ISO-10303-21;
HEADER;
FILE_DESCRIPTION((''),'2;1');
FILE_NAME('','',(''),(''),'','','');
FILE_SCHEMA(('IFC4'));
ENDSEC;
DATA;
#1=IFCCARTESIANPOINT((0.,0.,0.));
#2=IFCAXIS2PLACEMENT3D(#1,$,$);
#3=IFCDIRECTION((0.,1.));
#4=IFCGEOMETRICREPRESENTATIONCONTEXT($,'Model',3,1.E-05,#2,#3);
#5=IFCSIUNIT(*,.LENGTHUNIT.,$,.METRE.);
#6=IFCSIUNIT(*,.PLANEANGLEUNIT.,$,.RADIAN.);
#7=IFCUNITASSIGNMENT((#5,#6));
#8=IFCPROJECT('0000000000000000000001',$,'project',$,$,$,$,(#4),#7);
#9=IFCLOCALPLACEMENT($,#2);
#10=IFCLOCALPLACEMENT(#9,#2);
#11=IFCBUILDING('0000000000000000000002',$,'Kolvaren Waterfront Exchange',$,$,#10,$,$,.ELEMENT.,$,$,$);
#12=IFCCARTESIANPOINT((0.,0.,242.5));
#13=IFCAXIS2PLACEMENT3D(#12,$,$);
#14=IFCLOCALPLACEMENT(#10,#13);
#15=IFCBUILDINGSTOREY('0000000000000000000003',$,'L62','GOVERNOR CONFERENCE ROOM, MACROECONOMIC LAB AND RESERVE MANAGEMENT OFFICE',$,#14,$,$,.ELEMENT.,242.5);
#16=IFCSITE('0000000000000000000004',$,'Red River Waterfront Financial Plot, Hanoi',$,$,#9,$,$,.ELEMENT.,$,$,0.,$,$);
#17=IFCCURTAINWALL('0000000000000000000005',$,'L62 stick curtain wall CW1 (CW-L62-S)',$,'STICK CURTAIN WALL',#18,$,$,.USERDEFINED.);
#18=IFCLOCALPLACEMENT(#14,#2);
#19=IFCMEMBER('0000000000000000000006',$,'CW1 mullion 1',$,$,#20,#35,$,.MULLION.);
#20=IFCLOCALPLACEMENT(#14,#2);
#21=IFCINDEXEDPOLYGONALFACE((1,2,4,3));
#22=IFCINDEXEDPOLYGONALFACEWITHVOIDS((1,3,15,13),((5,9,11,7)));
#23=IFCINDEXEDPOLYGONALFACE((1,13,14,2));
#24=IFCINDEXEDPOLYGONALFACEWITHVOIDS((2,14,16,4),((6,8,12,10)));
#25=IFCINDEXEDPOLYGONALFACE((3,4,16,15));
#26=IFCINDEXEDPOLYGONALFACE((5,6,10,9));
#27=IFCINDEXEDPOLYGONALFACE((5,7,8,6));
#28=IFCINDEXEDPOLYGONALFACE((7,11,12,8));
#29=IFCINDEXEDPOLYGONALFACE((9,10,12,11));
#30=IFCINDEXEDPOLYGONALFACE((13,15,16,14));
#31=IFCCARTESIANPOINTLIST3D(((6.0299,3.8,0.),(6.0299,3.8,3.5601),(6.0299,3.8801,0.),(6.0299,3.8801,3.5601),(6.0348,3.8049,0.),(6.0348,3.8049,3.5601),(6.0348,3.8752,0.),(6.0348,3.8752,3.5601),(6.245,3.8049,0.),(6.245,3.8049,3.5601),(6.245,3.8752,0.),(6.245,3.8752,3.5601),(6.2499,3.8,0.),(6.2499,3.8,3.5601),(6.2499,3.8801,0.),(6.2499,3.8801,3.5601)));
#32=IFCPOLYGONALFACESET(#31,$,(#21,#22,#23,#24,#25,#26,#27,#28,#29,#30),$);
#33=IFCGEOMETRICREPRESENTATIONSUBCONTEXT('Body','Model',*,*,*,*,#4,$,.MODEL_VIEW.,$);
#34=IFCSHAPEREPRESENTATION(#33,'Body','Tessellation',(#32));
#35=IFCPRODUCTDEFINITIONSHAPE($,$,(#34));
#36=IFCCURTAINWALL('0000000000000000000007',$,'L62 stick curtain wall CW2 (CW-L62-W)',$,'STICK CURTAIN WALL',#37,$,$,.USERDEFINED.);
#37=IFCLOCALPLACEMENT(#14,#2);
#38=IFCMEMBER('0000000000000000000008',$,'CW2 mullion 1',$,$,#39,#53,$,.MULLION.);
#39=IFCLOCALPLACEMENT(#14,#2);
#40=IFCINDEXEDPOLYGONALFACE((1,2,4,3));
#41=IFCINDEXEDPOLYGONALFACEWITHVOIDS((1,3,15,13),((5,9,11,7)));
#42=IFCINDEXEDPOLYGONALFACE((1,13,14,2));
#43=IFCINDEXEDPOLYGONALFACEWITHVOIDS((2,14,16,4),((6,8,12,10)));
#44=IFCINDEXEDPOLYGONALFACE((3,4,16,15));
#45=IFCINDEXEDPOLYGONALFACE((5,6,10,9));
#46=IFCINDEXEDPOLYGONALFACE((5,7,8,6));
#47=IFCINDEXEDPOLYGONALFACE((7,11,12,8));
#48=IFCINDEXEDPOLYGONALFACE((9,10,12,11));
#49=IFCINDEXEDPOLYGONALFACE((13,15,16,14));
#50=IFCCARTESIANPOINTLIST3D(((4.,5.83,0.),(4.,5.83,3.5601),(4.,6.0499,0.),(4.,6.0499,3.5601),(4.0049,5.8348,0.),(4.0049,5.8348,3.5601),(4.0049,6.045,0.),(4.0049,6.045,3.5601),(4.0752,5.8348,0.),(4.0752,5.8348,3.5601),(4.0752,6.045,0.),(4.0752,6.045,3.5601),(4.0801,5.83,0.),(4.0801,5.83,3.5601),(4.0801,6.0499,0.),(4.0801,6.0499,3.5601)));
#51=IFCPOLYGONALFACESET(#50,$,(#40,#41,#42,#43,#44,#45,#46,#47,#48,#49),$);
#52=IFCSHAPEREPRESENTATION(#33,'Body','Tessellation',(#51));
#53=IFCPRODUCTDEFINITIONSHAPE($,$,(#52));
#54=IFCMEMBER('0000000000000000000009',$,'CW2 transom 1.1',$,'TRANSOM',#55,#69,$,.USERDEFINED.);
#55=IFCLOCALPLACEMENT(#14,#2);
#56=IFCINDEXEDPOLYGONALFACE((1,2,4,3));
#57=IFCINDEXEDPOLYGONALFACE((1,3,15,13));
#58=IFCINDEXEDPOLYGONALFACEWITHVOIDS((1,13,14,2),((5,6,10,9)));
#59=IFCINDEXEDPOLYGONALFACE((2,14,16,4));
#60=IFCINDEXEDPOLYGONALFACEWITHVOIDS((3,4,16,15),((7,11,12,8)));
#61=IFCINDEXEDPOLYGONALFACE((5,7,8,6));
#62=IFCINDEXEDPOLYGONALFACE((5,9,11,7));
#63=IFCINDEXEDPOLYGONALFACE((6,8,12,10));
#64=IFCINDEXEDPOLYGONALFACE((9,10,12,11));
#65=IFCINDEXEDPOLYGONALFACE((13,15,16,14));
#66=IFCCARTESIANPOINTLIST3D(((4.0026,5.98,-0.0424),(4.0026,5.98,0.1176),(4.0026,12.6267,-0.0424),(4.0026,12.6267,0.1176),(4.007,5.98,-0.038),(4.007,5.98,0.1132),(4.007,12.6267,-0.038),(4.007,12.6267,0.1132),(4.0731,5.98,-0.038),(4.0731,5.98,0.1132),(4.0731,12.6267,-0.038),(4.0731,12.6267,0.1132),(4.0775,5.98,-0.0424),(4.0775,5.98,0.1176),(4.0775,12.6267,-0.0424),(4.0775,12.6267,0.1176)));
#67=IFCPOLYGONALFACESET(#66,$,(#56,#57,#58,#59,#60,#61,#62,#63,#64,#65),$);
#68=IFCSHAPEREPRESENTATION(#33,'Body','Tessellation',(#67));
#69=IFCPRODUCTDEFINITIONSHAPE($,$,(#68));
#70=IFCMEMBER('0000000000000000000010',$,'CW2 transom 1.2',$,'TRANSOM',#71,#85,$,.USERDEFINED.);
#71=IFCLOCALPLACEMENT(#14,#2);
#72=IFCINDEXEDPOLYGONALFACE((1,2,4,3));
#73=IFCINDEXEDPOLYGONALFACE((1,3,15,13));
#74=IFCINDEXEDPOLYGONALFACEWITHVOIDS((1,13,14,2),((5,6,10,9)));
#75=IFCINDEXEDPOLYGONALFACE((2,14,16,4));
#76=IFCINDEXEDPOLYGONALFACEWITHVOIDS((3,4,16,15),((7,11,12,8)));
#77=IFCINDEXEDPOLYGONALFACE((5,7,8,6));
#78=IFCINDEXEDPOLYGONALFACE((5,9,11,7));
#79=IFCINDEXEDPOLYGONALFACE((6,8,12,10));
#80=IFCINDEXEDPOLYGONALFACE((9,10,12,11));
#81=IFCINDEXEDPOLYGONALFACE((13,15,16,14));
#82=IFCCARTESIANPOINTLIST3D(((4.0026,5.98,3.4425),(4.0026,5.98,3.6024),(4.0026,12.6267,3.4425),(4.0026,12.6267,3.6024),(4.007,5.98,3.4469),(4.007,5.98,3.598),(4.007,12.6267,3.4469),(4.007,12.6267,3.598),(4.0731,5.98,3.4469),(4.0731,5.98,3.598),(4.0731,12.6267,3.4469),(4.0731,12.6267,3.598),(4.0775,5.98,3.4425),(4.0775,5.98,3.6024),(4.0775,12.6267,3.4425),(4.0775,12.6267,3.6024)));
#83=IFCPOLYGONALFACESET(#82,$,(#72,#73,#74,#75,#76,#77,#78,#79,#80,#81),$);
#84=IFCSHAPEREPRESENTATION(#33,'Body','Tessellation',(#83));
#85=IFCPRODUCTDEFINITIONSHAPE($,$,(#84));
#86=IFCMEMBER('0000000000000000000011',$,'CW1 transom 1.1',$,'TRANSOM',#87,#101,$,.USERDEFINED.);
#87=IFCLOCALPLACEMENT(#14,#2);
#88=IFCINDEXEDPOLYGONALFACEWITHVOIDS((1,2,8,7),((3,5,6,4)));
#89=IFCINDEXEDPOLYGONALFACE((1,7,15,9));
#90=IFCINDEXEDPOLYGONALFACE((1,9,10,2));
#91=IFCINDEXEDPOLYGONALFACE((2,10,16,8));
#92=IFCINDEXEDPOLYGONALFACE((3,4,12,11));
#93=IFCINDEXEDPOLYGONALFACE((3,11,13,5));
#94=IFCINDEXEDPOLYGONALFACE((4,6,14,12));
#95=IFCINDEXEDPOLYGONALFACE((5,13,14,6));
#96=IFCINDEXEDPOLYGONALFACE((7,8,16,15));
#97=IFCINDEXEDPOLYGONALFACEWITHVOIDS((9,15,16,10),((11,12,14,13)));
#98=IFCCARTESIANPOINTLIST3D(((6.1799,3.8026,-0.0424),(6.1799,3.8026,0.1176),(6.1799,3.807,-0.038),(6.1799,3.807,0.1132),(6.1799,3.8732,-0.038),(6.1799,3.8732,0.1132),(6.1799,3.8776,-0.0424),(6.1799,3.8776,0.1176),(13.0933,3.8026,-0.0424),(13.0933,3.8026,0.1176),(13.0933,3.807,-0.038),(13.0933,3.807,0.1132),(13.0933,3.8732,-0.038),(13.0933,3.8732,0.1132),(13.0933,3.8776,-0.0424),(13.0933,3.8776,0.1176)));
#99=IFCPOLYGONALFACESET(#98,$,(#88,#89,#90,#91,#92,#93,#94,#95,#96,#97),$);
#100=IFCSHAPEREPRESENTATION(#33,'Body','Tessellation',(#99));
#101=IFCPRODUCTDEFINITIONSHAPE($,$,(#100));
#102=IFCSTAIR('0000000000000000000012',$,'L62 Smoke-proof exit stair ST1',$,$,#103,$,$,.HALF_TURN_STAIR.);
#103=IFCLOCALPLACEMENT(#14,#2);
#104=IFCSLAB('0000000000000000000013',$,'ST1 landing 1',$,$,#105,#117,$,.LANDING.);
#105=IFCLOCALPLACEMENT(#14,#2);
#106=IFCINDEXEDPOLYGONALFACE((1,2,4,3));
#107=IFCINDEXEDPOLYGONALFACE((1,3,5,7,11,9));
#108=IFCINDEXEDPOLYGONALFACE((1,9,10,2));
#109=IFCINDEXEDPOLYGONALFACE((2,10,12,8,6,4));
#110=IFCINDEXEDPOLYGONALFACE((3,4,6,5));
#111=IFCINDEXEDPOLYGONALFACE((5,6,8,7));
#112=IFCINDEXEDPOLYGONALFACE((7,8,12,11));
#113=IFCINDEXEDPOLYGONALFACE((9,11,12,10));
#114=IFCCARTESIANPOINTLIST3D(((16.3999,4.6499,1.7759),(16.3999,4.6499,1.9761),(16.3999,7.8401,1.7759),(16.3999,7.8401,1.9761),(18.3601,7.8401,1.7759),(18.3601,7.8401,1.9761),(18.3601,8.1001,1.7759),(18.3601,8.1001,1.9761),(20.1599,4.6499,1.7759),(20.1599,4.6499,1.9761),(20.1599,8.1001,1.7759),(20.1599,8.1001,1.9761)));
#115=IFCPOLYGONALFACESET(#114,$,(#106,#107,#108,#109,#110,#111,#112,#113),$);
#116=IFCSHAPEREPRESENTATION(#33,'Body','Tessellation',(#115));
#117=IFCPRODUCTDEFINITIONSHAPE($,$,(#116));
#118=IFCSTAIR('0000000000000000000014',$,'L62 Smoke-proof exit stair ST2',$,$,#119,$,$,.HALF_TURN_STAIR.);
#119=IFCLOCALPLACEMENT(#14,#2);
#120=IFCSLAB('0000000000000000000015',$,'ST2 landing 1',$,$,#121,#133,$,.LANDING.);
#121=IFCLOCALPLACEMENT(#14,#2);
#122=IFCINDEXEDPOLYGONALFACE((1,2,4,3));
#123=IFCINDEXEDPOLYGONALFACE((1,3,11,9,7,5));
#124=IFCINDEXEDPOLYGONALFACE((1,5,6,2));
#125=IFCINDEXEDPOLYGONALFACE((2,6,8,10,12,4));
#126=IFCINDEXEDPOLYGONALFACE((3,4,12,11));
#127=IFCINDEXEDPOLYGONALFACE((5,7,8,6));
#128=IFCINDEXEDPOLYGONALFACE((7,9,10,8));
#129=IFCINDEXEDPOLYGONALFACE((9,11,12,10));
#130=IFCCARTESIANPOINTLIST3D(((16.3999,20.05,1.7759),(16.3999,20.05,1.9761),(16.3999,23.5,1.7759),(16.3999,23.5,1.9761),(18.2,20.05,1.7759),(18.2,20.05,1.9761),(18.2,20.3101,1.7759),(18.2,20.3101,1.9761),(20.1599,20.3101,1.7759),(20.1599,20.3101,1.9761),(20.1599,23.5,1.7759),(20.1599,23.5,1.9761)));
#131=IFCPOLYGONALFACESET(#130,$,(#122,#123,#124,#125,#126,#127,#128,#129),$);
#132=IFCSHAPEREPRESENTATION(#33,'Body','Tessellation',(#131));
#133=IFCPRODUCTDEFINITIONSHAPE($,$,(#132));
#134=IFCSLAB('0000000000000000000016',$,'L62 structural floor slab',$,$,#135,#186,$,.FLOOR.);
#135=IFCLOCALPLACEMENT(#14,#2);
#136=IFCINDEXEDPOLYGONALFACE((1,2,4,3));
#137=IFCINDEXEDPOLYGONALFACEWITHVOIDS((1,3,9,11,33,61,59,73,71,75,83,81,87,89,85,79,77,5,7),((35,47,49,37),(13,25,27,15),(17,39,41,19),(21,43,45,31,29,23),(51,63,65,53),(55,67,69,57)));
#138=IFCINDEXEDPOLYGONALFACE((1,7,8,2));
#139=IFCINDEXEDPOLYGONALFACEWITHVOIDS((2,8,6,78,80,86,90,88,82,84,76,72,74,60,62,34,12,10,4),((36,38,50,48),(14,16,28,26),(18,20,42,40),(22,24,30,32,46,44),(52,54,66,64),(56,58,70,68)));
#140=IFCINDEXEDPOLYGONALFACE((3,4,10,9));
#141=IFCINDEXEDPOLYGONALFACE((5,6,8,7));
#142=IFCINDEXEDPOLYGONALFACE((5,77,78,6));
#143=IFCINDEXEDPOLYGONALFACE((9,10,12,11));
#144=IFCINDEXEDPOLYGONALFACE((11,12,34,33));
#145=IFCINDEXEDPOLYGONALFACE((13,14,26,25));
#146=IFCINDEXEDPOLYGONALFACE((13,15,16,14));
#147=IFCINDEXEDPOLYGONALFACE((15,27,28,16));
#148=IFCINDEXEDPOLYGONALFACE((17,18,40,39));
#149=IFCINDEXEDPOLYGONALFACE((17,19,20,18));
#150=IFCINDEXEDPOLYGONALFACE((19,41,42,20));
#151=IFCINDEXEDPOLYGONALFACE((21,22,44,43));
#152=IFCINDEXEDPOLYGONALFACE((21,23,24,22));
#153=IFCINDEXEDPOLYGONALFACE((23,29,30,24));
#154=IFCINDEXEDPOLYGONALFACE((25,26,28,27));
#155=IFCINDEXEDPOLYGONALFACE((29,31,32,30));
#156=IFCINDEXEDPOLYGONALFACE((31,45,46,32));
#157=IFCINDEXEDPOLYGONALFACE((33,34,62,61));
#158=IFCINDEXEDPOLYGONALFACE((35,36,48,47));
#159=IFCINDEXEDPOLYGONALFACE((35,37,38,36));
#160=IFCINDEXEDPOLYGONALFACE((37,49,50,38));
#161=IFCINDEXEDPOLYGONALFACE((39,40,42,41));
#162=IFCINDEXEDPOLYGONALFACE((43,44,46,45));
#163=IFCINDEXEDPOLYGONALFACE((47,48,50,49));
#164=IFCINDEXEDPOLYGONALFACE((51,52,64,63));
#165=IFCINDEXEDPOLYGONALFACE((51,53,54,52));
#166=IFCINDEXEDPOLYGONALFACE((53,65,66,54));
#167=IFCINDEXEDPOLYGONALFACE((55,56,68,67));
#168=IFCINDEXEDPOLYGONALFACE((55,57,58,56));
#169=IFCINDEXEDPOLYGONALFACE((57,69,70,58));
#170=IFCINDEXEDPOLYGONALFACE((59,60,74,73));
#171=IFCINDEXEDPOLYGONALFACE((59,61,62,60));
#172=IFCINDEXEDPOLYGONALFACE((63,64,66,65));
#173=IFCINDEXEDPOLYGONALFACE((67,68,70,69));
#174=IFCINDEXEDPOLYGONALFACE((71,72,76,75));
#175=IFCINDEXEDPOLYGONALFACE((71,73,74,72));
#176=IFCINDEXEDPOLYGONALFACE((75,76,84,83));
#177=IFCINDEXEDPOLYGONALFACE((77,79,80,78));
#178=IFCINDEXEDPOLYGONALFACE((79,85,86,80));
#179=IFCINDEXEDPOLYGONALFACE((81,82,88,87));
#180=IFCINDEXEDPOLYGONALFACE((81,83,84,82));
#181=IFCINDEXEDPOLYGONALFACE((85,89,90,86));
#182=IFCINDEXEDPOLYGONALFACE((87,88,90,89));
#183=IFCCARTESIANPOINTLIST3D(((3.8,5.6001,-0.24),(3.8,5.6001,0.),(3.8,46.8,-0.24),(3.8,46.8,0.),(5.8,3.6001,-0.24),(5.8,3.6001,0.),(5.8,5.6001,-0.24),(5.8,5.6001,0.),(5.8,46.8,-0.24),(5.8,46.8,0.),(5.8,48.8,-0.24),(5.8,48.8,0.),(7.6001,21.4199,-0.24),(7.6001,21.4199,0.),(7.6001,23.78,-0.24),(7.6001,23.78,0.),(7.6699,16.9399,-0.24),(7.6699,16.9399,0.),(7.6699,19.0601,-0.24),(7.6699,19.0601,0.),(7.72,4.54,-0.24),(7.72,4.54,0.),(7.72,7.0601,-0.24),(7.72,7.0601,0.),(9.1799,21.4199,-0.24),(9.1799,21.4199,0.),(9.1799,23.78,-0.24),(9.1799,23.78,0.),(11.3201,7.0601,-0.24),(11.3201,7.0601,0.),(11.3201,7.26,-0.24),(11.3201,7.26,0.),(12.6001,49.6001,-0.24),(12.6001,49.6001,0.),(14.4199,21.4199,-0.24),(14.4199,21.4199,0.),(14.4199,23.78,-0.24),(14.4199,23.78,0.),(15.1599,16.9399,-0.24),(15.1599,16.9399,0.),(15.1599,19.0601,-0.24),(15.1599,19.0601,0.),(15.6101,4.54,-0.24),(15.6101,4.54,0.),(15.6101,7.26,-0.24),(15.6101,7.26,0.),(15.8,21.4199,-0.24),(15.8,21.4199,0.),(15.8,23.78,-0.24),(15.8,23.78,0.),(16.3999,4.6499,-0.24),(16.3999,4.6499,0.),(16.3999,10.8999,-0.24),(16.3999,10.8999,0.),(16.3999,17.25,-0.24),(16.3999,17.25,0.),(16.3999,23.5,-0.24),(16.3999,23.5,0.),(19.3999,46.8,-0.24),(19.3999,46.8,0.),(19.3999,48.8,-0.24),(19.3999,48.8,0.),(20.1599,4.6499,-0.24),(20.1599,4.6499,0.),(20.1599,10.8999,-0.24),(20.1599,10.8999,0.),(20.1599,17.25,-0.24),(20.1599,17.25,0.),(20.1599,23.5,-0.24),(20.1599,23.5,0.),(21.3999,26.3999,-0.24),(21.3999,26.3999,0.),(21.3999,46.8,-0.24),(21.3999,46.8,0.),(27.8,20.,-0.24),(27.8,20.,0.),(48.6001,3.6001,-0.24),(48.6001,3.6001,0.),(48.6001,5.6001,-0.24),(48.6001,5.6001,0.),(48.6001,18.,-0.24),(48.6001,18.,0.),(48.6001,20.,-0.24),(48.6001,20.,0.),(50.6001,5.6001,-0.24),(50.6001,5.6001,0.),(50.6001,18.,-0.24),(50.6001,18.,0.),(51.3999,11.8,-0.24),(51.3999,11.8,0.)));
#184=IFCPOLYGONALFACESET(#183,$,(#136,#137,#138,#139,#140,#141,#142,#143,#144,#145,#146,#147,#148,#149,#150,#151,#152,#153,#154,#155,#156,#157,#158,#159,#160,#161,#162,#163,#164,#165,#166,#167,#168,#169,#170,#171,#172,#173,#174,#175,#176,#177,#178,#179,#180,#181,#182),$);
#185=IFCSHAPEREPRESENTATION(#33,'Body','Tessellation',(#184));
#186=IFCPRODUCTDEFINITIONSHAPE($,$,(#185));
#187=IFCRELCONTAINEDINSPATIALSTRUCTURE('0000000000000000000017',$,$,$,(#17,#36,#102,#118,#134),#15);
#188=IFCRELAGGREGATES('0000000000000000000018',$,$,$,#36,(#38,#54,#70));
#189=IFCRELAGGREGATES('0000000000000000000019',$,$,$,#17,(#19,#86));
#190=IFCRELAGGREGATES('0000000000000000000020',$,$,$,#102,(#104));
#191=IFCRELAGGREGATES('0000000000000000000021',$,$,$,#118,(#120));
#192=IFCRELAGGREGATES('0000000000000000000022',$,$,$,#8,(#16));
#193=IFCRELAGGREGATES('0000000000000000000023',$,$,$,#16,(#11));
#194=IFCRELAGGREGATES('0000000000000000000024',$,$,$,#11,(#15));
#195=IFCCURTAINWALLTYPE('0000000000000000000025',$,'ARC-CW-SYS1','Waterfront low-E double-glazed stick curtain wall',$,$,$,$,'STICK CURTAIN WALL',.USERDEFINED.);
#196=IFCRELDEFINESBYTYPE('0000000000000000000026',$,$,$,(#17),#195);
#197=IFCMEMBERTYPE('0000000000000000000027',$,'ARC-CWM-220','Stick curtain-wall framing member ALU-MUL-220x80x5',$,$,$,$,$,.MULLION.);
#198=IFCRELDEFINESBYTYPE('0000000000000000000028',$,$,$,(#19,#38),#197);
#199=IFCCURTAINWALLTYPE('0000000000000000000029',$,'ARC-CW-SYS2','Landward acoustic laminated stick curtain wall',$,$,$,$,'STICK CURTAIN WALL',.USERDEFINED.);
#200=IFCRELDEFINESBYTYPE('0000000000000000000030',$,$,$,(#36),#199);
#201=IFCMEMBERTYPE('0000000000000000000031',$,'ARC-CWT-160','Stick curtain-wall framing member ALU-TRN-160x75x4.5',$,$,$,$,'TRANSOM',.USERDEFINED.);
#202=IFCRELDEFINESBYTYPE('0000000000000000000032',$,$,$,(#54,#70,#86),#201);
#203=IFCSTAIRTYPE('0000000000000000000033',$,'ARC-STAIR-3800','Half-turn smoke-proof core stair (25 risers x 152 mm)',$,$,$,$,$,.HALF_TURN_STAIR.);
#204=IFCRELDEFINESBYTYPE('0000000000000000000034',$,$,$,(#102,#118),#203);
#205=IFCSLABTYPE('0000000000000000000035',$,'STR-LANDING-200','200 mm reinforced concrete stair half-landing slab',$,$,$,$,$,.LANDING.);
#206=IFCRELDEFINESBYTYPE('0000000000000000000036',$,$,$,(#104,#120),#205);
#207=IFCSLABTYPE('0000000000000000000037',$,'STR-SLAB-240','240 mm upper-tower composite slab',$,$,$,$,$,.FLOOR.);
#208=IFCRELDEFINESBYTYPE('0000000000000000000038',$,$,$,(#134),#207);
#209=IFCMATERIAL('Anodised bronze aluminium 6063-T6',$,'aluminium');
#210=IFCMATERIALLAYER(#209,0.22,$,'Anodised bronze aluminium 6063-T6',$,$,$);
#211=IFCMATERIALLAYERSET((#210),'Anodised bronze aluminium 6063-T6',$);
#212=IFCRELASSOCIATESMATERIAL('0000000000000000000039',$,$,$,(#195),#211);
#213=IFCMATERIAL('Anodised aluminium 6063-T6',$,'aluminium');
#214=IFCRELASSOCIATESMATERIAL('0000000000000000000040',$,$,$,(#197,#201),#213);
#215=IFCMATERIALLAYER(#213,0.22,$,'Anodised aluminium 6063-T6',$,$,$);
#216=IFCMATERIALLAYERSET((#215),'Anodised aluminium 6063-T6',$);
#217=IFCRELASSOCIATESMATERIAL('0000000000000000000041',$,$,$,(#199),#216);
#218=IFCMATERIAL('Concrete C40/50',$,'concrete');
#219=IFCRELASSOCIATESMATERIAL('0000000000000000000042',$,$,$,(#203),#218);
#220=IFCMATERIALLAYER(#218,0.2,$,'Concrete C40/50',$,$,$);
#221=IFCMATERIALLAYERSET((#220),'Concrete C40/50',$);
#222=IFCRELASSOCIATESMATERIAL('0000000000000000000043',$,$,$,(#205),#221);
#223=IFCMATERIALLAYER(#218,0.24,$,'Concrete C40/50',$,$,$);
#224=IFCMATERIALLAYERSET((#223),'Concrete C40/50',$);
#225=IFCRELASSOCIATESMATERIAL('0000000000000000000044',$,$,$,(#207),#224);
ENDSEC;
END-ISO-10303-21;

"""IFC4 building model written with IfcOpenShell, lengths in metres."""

from ifc_helpers import new_model, si_unit, direction, frame, origin, origin_with_axes, origin_2d, place, context, subcontext, project, spatial, polyline, hollow_rectangle, outline, extrude, source, transform, mapped, material, layer, layer_set, material_profile, profile_set, type_object, element, aggregate, save


model = new_model("IFC4")

# Units and contexts
model_context = context("Model", 3, precision=1e-05, world=origin(), true_north=direction((0.0, 1.0)))
body_context = subcontext(model_context, "Body", "Model", "MODEL_VIEW")
ifc_project = project(units=[si_unit("LENGTHUNIT", "METRE"), si_unit("PLANEANGLEUNIT", "RADIAN")], contexts=[model_context])

# Site, building, storey
site_placement = place(None, origin())
site = spatial("IfcSite", under=ifc_project, at=site_placement, Name="Red River Waterfront Financial Plot, Hanoi", CompositionType="ELEMENT", RefElevation=0.0)
building_placement = place(site_placement, origin())
building = spatial("IfcBuilding", under=site, at=building_placement, Name="Kolvaren Waterfront Exchange", CompositionType="ELEMENT")
storey_placement = place(building_placement, frame((0.0, 0.0, 242.5)))
storey = spatial("IfcBuildingStorey", under=building, at=storey_placement, Name="L62", Description="GOVERNOR CONFERENCE ROOM, MACROECONOMIC LAB AND RESERVE MANAGEMENT OFFICE", CompositionType="ELEMENT", Elevation=242.5)

# Curtain wall, member
ifc_material_1 = material(Name="Anodised bronze aluminium 6063-T6", Category="aluminium")
ifc_layer_1 = layer(ifc_material_1, 0.22, Name="Anodised bronze aluminium 6063-T6")
ifc_layer_set_1 = layer_set([ifc_layer_1], Name="Anodised bronze aluminium 6063-T6")
curtain_wall_type_1 = type_object("IfcCurtainWallType", Name="ARC-CW-SYS1", Description="Waterfront low-E double-glazed stick curtain wall", ElementType="STICK CURTAIN WALL", PredefinedType="USERDEFINED", material=ifc_layer_set_1)
curtain_wall_1_placement = place(storey_placement, origin())
curtain_wall_1 = element("IfcCurtainWall", 1, at=curtain_wall_1_placement, inside=storey, type_object=curtain_wall_type_1, Name="L62 stick curtain wall CW1 (CW-L62-S)", ObjectType="STICK CURTAIN WALL", PredefinedType="USERDEFINED")
ifc_material_2 = material(Name="Anodised aluminium 6063-T6", Category="aluminium")
ifc_material_profile_1 = material_profile(ifc_material_2, hollow_rectangle(XDim=0.0801, YDim=0.22, WallThickness=0.0049, at=origin_2d()), Name="ALU-MUL-220x80x5")
ifc_profile_set_1 = profile_set([ifc_material_profile_1], Name="Anodised aluminium 6063-T6")
member_type_1 = type_object("IfcMemberType", Name="ARC-CWM-220", Description="Stick curtain-wall framing member ALU-MUL-220x80x5", PredefinedType="MULLION", material=ifc_profile_set_1)
shared_shape_1 = source(origin_with_axes(), body_context, "Body", "SweptSolid", [
    extrude(hollow_rectangle(XDim=0.0801, YDim=0.22, WallThickness=0.0049, at=origin_2d()), origin(), (0.0, 0.0, 1.0), 3.5601),
])
member_1_placement = place(storey_placement, frame((6.1399, 3.8401, 0.0), z_axis=(0.0, 0.0, 1.0), x_axis=(0.0, 1.0, 0.0)))
member_1 = element("IfcMember", 2, at=member_1_placement, type_object=member_type_1, Name="CW1 mullion 1", PredefinedType="MULLION", context=body_context, shape_type="MappedRepresentation", body=[
    mapped(shared_shape_1, transform((0.0, 0.0, 0.0), x_axis=(1.0, 0.0, 0.0), y_axis=(0.0, 1.0, 0.0), z_axis=(0.0, 0.0, 1.0), scale=1.0)),
])

# Curtain wall, members
ifc_layer_2 = layer(ifc_material_2, 0.22, Name="Anodised aluminium 6063-T6")
ifc_layer_set_2 = layer_set([ifc_layer_2], Name="Anodised aluminium 6063-T6")
curtain_wall_type_2 = type_object("IfcCurtainWallType", Name="ARC-CW-SYS2", Description="Landward acoustic laminated stick curtain wall", ElementType="STICK CURTAIN WALL", PredefinedType="USERDEFINED", material=ifc_layer_set_2)
curtain_wall_2_placement = place(storey_placement, origin())
curtain_wall_2 = element("IfcCurtainWall", 3, at=curtain_wall_2_placement, inside=storey, type_object=curtain_wall_type_2, Name="L62 stick curtain wall CW2 (CW-L62-W)", ObjectType="STICK CURTAIN WALL", PredefinedType="USERDEFINED")
member_2_placement = place(storey_placement, frame((4.04, 5.9399, 0.0), z_axis=(0.0, 0.0, 1.0), x_axis=(-1.0, 0.0, 0.0)))
member_2 = element("IfcMember", 4, at=member_2_placement, type_object=member_type_1, Name="CW2 mullion 1", PredefinedType="MULLION", context=body_context, shape_type="MappedRepresentation", body=[
    mapped(shared_shape_1, transform((0.0, 0.0, 0.0), x_axis=(1.0, 0.0, 0.0), y_axis=(0.0, 1.0, 0.0), z_axis=(0.0, 0.0, 1.0), scale=1.0)),
])
ifc_material_profile_2 = material_profile(ifc_material_2, hollow_rectangle(XDim=0.075, YDim=0.1599, WallThickness=0.0044, at=origin_2d()), Name="ALU-TRN-160x75x4.5")
ifc_profile_set_2 = profile_set([ifc_material_profile_2], Name="Anodised aluminium 6063-T6")
member_type_2 = type_object("IfcMemberType", Name="ARC-CWT-160", Description="Stick curtain-wall framing member ALU-TRN-160x75x4.5", ElementType="TRANSOM", PredefinedType="USERDEFINED", material=ifc_profile_set_2)
shared_shape_2 = source(origin_with_axes(), body_context, "Body", "SweptSolid", [
    extrude(hollow_rectangle(XDim=0.075, YDim=0.1599, WallThickness=0.0044, at=origin_2d()), origin(), (0.0, 0.0, 1.0), 6.6467),
])
member_3_placement = place(storey_placement, frame((4.04, 5.98, 0.0376), z_axis=(0.0, 1.0, 0.0), x_axis=(-1.0, 0.0, 0.0)))
member_3 = element("IfcMember", 5, at=member_3_placement, type_object=member_type_2, Name="CW2 transom 1.1", ObjectType="TRANSOM", PredefinedType="USERDEFINED", context=body_context, shape_type="MappedRepresentation", body=[
    mapped(shared_shape_2, transform((0.0, 0.0, 0.0), x_axis=(1.0, 0.0, 0.0), y_axis=(0.0, 1.0, 0.0), z_axis=(0.0, 0.0, 1.0), scale=1.0)),
])
member_4_placement = place(storey_placement, frame((4.04, 5.98, 3.5225), z_axis=(0.0, 1.0, 0.0), x_axis=(-1.0, 0.0, 0.0)))
member_4 = element("IfcMember", 6, at=member_4_placement, type_object=member_type_2, Name="CW2 transom 1.2", ObjectType="TRANSOM", PredefinedType="USERDEFINED", context=body_context, shape_type="MappedRepresentation", body=[
    mapped(shared_shape_2, transform((0.0, 0.0, 0.0), x_axis=(1.0, 0.0, 0.0), y_axis=(0.0, 1.0, 0.0), z_axis=(0.0, 0.0, 1.0), scale=1.0)),
])
aggregate(curtain_wall_2, [member_2, member_3, member_4])

# Member
shared_shape_3 = source(origin_with_axes(), body_context, "Body", "SweptSolid", [
    extrude(hollow_rectangle(XDim=0.075, YDim=0.1599, WallThickness=0.0044, at=origin_2d()), origin(), (0.0, 0.0, 1.0), 6.9133),
])
member_5_placement = place(storey_placement, frame((6.1799, 3.8401, 0.0376), z_axis=(1.0, 0.0, 0.0), x_axis=(0.0, 1.0, 0.0)))
member_5 = element("IfcMember", 7, at=member_5_placement, type_object=member_type_2, Name="CW1 transom 1.1", ObjectType="TRANSOM", PredefinedType="USERDEFINED", context=body_context, shape_type="MappedRepresentation", body=[
    mapped(shared_shape_3, transform((0.0, 0.0, 0.0), x_axis=(1.0, 0.0, 0.0), y_axis=(0.0, 1.0, 0.0), z_axis=(0.0, 0.0, 1.0), scale=1.0)),
])
aggregate(curtain_wall_1, [member_1, member_5])

# Stairs, slabs
ifc_material_3 = material(Name="Concrete C40/50", Category="concrete")
stair_type = type_object("IfcStairType", Name="ARC-STAIR-3800", Description="Half-turn smoke-proof core stair (25 risers x 152 mm)", PredefinedType="HALF_TURN_STAIR", material=ifc_material_3)
stair_1_placement = place(storey_placement, origin())
stair_1 = element("IfcStair", 8, at=stair_1_placement, inside=storey, type_object=stair_type, Name="L62 Smoke-proof exit stair ST1", PredefinedType="HALF_TURN_STAIR")
ifc_layer_3 = layer(ifc_material_3, 0.2, Name="Concrete C40/50")
ifc_layer_set_3 = layer_set([ifc_layer_3], Name="Concrete C40/50")
slab_type_1 = type_object("IfcSlabType", Name="STR-LANDING-200", Description="200 mm reinforced concrete stair half-landing slab", PredefinedType="LANDING", material=ifc_layer_set_3)
slab_1_placement = place(storey_placement, frame((0.0, 0.0, 1.7759)))
slab_1 = element("IfcSlab", 9, at=slab_1_placement, type_object=slab_type_1, Name="ST1 landing 1", PredefinedType="LANDING", context=body_context, shape_type="SweptSolid", body=[
    extrude(outline(polyline([(16.3999, 7.8401), (16.3999, 4.6499), (20.1599, 4.6499), (20.1599, 8.1001), (18.3601, 8.1001), (18.3601, 7.8401), (16.3999, 7.8401)])), origin(), (0.0, 0.0, 1.0), 0.2002),
])
aggregate(stair_1, [slab_1])
stair_2_placement = place(storey_placement, origin())
stair_2 = element("IfcStair", 10, at=stair_2_placement, inside=storey, type_object=stair_type, Name="L62 Smoke-proof exit stair ST2", PredefinedType="HALF_TURN_STAIR")
slab_2_placement = place(storey_placement, frame((0.0, 0.0, 1.7759)))
slab_2 = element("IfcSlab", 11, at=slab_2_placement, type_object=slab_type_1, Name="ST2 landing 1", PredefinedType="LANDING", context=body_context, shape_type="SweptSolid", body=[
    extrude(outline(polyline([(20.1599, 20.3101), (20.1599, 23.5), (16.3999, 23.5), (16.3999, 20.05), (18.2, 20.05), (18.2, 20.3101), (20.1599, 20.3101)])), origin(), (0.0, 0.0, 1.0), 0.2002),
])
aggregate(stair_2, [slab_2])

# Slab
ifc_layer_4 = layer(ifc_material_3, 0.24, Name="Concrete C40/50")
ifc_layer_set_4 = layer_set([ifc_layer_4], Name="Concrete C40/50")
slab_type_2 = type_object("IfcSlabType", Name="STR-SLAB-240", Description="240 mm upper-tower composite slab", PredefinedType="FLOOR", material=ifc_layer_set_4)
slab_3_placement = place(storey_placement, frame((0.0, 0.0, -0.24)))
element("IfcSlab", 12, at=slab_3_placement, inside=storey, type_object=slab_type_2, Name="L62 structural floor slab", PredefinedType="FLOOR", context=body_context, shape_type="SweptSolid", body=[
    extrude(outline(polyline([(5.8, 3.6001), (48.6001, 3.6001), (48.6001, 5.6001), (50.6001, 5.6001), (51.3999, 11.8), (50.6001, 18.0), (48.6001, 18.0), (48.6001, 20.0), (27.8, 20.0), (21.3999, 26.3999), (21.3999, 46.8), (19.3999, 46.8), (19.3999, 48.8), (12.6001, 49.6001), (5.8, 48.8), (5.8, 46.8), (3.8, 46.8), (3.8, 5.6001), (5.8, 5.6001), (5.8, 3.6001)]), holes=[polyline([(11.3201, 7.26), (15.6101, 7.26), (15.6101, 4.54), (7.72, 4.54), (7.72, 7.0601), (11.3201, 7.0601), (11.3201, 7.26)]), polyline([(20.1599, 10.8999), (20.1599, 4.6499), (16.3999, 4.6499), (16.3999, 10.8999), (20.1599, 10.8999)]), polyline([(7.6699, 19.0601), (15.1599, 19.0601), (15.1599, 16.9399), (7.6699, 16.9399), (7.6699, 19.0601)]), polyline([(16.3999, 17.25), (16.3999, 23.5), (20.1599, 23.5), (20.1599, 17.25), (16.3999, 17.25)]), polyline([(7.6001, 23.78), (9.1799, 23.78), (9.1799, 21.4199), (7.6001, 21.4199), (7.6001, 23.78)]), polyline([(14.4199, 23.78), (15.8, 23.78), (15.8, 21.4199), (14.4199, 21.4199), (14.4199, 23.78)])]), origin(), (0.0, 0.0, 1.0), 0.24),
])

save(model, "model.ifc")
